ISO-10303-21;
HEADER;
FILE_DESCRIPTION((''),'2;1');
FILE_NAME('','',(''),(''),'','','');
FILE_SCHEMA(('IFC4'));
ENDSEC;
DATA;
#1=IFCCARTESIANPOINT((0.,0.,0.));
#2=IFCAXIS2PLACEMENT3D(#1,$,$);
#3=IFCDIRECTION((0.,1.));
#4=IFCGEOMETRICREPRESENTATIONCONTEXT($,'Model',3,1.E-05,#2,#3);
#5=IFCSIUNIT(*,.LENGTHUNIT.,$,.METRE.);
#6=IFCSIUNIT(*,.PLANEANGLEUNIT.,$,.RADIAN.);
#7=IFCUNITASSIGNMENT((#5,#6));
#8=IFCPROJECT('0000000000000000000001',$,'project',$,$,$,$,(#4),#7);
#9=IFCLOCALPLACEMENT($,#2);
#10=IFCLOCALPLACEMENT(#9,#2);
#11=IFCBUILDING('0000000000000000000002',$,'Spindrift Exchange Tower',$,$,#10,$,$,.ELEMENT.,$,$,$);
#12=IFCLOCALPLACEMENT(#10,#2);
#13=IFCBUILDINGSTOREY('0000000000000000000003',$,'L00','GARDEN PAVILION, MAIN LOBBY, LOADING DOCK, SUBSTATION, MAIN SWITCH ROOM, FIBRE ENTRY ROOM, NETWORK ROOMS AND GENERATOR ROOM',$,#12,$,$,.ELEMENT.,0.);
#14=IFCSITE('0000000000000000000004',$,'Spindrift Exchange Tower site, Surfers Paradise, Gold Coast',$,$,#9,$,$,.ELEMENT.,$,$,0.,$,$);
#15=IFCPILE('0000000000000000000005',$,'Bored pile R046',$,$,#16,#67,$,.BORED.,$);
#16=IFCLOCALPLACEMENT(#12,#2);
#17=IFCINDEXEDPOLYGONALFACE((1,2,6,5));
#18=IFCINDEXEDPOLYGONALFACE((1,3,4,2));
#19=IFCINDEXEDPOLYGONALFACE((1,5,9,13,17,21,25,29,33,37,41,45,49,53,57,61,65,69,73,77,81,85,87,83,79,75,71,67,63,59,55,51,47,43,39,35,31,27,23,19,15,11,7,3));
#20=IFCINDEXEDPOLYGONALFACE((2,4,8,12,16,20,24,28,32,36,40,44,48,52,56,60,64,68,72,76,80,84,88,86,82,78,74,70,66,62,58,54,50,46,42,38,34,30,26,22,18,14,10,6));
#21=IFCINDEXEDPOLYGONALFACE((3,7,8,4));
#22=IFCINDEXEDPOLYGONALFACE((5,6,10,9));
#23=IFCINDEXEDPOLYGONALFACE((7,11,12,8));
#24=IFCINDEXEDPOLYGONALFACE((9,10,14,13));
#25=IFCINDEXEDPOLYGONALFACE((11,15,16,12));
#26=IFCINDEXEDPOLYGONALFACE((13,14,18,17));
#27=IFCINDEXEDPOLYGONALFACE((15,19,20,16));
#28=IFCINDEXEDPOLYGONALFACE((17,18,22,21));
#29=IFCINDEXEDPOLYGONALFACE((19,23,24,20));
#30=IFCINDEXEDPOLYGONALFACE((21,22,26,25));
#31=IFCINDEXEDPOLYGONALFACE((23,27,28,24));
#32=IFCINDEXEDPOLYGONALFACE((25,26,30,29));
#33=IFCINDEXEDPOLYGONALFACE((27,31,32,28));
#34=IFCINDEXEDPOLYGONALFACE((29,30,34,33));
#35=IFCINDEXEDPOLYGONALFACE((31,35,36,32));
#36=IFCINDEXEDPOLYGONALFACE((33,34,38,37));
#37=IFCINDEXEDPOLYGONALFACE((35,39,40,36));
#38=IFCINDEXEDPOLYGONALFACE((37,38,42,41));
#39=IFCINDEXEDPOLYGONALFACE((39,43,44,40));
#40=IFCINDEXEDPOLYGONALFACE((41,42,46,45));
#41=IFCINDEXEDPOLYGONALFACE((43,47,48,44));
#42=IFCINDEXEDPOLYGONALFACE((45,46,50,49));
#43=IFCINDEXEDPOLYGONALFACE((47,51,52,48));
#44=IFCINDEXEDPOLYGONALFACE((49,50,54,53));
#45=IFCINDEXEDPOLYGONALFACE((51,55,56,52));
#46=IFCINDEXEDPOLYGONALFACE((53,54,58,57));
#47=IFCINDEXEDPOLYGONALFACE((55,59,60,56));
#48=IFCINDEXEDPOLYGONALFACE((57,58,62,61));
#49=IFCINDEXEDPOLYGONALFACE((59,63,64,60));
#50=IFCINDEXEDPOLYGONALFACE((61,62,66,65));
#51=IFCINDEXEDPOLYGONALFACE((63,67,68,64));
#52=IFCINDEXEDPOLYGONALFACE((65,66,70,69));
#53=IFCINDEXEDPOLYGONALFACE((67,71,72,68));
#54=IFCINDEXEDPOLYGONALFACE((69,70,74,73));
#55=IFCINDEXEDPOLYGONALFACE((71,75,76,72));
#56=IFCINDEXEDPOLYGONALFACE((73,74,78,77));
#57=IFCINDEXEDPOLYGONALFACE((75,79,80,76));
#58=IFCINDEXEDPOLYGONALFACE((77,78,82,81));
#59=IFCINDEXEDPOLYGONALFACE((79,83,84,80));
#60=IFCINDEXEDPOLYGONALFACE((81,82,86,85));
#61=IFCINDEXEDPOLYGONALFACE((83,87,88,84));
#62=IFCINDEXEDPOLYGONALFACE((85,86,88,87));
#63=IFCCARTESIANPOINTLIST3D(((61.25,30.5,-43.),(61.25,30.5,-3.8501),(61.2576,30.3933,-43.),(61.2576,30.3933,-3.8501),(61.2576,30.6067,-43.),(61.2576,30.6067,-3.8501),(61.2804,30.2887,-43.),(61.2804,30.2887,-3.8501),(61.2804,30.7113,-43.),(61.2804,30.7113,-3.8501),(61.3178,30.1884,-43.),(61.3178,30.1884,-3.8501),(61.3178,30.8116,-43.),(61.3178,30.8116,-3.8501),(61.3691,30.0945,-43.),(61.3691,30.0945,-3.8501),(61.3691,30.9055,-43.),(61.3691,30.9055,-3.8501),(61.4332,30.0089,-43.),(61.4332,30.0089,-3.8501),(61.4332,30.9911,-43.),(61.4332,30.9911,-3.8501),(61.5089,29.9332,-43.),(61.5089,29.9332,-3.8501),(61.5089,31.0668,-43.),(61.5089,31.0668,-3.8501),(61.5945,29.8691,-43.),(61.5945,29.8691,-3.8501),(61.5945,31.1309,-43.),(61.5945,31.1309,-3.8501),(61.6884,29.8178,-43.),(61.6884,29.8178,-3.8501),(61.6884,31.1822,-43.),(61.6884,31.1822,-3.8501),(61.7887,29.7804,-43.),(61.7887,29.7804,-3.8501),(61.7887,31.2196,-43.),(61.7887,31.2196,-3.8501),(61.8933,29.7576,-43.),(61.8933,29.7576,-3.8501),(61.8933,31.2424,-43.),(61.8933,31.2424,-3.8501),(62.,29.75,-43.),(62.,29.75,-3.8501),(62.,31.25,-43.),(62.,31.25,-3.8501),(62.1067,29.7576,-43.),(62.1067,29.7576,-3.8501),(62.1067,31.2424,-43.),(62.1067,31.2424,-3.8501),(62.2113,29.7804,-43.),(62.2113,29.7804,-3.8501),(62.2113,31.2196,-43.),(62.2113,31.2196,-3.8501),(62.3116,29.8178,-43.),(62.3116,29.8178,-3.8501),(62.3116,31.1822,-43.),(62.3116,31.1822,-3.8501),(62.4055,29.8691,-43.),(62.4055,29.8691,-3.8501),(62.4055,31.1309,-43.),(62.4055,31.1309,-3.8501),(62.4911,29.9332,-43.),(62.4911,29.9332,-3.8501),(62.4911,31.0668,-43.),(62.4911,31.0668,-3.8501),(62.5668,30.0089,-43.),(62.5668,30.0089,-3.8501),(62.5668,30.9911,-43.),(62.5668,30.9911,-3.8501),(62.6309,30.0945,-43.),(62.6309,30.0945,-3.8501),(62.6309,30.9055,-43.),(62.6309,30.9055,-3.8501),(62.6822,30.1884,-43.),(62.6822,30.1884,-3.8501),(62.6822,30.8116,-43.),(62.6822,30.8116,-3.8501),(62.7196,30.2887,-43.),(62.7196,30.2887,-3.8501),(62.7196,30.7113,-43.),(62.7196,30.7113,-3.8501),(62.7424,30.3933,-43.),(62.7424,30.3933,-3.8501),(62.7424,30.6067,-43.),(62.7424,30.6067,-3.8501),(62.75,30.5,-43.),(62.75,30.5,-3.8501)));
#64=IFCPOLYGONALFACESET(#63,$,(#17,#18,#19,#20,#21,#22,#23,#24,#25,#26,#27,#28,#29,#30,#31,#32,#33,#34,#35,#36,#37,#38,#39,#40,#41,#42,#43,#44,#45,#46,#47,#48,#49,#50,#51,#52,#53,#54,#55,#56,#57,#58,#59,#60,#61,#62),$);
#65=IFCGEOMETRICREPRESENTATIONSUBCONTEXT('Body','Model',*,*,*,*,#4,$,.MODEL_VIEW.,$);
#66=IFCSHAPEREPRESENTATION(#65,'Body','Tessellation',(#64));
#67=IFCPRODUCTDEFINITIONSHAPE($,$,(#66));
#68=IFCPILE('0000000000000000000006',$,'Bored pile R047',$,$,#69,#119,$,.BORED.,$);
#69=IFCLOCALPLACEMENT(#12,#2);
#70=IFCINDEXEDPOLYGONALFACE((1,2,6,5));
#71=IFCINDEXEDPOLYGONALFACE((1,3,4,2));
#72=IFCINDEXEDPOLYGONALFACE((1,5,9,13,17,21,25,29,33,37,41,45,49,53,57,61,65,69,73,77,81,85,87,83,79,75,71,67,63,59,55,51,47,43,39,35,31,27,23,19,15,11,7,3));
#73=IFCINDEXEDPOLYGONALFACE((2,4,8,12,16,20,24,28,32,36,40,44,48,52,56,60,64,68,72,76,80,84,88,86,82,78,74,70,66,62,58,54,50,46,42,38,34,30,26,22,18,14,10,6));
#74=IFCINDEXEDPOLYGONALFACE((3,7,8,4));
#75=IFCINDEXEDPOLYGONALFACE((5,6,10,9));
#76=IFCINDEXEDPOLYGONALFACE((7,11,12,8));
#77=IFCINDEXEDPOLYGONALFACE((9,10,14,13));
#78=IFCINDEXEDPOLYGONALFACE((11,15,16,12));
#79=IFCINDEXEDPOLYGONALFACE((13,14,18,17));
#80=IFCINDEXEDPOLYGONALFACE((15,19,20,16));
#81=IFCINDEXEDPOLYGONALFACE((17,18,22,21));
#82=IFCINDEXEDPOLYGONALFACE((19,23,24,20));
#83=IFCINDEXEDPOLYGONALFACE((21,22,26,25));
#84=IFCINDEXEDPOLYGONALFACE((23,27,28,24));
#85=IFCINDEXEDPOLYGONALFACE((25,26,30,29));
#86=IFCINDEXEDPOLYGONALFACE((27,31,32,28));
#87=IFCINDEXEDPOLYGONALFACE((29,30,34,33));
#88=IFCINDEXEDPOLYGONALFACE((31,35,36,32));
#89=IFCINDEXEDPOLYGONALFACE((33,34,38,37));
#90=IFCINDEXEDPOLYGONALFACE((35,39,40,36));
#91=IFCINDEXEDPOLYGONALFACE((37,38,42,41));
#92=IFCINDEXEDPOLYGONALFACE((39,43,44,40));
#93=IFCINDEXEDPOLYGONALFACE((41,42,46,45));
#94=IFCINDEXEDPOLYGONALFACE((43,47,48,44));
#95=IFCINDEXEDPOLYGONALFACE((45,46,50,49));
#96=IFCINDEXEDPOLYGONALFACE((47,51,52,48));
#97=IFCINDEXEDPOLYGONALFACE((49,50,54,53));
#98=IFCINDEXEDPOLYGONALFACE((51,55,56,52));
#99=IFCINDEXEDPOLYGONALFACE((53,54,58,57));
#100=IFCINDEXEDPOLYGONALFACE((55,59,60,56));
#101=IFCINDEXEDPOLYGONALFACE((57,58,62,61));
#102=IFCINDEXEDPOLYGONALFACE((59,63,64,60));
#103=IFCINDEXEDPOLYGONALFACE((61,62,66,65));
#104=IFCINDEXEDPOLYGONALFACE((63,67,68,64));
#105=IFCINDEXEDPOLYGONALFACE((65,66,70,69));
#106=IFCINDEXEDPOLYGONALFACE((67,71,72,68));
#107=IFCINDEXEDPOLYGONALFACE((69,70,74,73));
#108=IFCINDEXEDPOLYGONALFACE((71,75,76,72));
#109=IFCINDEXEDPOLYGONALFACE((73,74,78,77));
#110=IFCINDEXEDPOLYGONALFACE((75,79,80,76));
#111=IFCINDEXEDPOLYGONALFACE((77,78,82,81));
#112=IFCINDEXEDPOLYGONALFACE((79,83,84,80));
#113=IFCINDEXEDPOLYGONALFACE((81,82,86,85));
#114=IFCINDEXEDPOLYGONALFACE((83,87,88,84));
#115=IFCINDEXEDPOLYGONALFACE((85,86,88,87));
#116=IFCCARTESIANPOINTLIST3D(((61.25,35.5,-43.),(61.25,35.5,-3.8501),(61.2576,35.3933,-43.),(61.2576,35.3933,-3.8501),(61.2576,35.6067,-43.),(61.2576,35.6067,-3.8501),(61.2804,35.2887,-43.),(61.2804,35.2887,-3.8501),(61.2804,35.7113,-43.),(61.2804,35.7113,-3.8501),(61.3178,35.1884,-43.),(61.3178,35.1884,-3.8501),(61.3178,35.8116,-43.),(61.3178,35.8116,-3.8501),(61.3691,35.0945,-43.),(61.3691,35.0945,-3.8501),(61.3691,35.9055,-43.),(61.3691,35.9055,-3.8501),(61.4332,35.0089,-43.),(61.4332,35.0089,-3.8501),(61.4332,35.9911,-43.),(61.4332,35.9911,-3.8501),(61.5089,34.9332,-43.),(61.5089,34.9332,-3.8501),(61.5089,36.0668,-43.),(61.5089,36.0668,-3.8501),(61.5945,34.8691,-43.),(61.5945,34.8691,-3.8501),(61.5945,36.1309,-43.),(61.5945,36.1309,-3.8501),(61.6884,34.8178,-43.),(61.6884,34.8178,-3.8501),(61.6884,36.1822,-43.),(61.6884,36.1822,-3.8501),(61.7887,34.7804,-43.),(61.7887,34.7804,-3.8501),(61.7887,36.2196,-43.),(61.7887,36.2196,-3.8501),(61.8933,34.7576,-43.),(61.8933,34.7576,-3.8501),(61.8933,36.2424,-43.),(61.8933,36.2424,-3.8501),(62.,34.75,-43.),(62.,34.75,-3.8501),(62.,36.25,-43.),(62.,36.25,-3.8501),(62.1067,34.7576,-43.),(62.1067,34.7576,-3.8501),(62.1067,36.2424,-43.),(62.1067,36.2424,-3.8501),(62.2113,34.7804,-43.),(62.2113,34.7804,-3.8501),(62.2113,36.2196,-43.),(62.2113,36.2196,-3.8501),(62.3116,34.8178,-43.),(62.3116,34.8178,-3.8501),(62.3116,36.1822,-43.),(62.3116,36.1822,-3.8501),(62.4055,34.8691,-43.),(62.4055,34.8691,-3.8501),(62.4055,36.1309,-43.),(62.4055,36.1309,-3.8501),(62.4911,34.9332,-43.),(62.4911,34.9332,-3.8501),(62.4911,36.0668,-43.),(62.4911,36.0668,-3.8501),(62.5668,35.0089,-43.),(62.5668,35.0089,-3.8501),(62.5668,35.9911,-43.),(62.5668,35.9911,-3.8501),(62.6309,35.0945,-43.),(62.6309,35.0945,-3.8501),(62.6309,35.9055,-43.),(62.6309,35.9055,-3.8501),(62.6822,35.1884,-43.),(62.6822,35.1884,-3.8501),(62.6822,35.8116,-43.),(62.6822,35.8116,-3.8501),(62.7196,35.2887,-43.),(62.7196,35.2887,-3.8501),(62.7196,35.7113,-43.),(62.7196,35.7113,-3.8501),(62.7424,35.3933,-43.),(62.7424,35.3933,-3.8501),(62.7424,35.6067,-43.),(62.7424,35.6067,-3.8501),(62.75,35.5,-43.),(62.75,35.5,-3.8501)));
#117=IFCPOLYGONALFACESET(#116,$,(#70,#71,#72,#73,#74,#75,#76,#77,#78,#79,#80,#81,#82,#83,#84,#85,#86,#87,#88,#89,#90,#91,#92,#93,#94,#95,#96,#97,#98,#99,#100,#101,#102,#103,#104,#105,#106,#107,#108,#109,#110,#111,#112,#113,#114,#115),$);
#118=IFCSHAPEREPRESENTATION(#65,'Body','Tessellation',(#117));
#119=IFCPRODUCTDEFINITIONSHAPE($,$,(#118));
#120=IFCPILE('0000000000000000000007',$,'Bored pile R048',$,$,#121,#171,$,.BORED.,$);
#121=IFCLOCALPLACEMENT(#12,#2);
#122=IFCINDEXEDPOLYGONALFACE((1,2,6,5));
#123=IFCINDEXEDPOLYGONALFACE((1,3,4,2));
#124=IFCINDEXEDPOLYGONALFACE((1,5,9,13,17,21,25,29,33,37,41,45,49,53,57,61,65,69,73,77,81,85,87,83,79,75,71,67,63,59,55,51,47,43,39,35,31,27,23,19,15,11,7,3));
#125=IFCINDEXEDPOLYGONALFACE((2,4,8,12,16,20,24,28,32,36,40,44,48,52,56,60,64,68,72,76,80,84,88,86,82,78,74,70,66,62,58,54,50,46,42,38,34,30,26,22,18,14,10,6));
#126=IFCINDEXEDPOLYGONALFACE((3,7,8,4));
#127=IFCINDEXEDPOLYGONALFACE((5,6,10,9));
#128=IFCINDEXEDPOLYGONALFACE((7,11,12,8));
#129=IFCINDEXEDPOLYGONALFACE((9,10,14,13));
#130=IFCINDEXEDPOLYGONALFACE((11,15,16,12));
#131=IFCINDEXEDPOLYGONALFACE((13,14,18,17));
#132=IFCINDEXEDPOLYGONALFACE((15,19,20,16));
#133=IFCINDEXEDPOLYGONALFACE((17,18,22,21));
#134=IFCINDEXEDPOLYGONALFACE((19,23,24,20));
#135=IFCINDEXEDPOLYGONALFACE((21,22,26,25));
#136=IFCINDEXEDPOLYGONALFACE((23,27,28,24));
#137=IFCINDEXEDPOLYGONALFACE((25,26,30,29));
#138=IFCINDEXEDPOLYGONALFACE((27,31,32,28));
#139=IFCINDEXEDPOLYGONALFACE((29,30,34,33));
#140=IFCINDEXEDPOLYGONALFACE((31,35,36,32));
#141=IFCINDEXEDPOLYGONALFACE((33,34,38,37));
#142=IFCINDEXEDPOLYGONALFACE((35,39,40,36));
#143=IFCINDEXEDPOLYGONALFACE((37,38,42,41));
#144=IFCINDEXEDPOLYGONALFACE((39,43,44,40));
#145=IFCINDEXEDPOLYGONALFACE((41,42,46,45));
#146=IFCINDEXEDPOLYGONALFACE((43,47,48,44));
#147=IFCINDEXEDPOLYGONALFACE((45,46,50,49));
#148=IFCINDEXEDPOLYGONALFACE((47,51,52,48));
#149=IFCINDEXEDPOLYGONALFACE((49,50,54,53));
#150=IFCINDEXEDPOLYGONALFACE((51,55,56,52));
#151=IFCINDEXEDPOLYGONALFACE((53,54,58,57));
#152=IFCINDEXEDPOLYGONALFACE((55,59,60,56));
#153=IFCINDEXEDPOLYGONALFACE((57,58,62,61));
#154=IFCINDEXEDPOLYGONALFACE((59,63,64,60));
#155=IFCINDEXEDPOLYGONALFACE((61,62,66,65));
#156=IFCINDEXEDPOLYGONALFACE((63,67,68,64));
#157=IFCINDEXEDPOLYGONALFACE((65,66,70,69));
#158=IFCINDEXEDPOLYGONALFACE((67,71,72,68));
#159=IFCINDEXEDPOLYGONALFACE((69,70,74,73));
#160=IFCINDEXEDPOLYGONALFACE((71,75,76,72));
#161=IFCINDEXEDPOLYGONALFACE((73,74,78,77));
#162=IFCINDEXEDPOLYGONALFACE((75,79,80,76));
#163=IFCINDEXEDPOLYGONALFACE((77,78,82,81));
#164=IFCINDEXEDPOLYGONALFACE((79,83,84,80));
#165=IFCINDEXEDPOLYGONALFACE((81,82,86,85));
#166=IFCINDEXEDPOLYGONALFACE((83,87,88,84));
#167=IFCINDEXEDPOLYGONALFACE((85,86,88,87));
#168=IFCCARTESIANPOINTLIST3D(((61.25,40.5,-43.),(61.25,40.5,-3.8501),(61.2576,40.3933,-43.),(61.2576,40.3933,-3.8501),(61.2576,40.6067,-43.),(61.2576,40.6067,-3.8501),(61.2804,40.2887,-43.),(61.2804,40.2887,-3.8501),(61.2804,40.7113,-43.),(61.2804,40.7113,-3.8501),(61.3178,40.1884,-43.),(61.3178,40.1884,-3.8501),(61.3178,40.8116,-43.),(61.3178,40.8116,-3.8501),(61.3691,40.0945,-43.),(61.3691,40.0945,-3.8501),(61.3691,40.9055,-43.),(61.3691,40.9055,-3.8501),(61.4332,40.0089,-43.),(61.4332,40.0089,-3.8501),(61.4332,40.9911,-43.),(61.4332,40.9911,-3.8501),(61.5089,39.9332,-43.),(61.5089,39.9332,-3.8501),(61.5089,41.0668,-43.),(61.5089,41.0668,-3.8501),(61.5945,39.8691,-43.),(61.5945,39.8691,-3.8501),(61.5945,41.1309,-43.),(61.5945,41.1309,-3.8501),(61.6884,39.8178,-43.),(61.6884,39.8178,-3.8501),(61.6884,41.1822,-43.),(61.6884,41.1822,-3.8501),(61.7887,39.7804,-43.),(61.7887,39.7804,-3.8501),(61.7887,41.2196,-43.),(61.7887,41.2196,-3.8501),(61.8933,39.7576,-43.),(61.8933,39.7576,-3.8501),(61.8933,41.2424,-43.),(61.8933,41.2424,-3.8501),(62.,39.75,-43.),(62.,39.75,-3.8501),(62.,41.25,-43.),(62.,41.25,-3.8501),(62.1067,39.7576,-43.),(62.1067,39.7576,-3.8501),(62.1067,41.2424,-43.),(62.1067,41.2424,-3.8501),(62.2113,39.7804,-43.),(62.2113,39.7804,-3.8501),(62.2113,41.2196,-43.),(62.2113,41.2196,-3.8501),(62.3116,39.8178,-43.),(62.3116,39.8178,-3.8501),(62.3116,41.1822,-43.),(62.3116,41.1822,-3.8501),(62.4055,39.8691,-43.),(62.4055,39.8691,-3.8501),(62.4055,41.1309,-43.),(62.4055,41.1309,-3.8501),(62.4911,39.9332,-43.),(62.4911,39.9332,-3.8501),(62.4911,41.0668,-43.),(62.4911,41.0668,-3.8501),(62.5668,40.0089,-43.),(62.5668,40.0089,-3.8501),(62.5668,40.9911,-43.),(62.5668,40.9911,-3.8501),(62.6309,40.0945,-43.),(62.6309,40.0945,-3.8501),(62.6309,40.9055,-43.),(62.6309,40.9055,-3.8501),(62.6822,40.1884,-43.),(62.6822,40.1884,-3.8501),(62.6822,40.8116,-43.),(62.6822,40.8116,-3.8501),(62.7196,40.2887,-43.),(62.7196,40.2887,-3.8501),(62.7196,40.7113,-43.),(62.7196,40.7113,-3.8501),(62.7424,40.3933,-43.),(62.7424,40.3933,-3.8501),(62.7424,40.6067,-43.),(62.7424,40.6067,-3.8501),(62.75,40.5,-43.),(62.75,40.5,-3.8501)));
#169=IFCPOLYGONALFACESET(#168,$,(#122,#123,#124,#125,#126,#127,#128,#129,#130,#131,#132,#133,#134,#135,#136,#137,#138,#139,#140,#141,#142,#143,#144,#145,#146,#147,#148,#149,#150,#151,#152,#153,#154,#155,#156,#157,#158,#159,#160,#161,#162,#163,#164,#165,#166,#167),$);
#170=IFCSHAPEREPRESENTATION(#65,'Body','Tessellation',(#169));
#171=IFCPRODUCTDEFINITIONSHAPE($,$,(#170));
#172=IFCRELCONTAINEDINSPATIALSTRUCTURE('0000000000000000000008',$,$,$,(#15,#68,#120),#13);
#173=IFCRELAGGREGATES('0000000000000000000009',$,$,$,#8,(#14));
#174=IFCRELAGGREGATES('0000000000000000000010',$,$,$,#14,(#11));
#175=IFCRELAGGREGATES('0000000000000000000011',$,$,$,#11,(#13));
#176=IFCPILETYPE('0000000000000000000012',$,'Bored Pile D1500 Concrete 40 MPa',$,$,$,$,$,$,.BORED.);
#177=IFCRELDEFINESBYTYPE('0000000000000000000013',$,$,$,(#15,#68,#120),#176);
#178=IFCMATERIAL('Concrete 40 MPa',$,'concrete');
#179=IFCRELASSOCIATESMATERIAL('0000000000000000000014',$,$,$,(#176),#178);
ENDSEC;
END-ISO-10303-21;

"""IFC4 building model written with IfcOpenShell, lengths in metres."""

from ifc_helpers import new_model, si_unit, direction, frame, origin, origin_2d, place, context, subcontext, project, spatial, circle, extrude, source, transform, mapped, material, material_profile, profile_set, type_object, element, save


model = new_model("IFC4")

# Units and contexts
model_context = context("Model", 3, precision=1e-05, world=origin(), true_north=direction((0.0, 1.0)))
body_context = subcontext(model_context, "Body", "Model", "MODEL_VIEW")
ifc_project = project(units=[si_unit("LENGTHUNIT", "METRE"), si_unit("PLANEANGLEUNIT", "RADIAN")], contexts=[model_context])

# Site, building, storey
site_placement = place(None, origin())
site = spatial("IfcSite", under=ifc_project, at=site_placement, Name="Spindrift Exchange Tower site, Surfers Paradise, Gold Coast", CompositionType="ELEMENT", RefElevation=0.0)
building_placement = place(site_placement, origin())
building = spatial("IfcBuilding", under=site, at=building_placement, Name="Spindrift Exchange Tower", CompositionType="ELEMENT")
storey_placement = place(building_placement, origin())
storey = spatial("IfcBuildingStorey", under=building, at=storey_placement, Name="L00", Description="GARDEN PAVILION, MAIN LOBBY, LOADING DOCK, SUBSTATION, MAIN SWITCH ROOM, FIBRE ENTRY ROOM, NETWORK ROOMS AND GENERATOR ROOM", CompositionType="ELEMENT", Elevation=0.0)

# Piles
ifc_material_1 = material(Name="Concrete 40 MPa", Category="concrete")
ifc_material_profile_1 = material_profile(ifc_material_1, circle(Radius=0.75, at=origin_2d()), Name="BP D1500")
ifc_profile_set_1 = profile_set([ifc_material_profile_1], Name="Concrete 40 MPa")
pile_type_1 = type_object("IfcPileType", Name="Bored Pile D1500 Concrete 40 MPa", PredefinedType="BORED", material=ifc_profile_set_1)
shared_shape_1 = source(origin(), body_context, "Body", "SweptSolid", [
    extrude(circle(Radius=0.75, at=origin_2d()), origin(), (0.0, 0.0, 1.0), 39.1499),
])
for number, where, z_axis, x_axis, name in (
    (1, (62.0, 30.5, -3.8501), (0.0, 0.0, -1.0), (1.0, 0.0, 0.0), "Bored pile R046"),
    (2, (62.0, 35.5, -3.8501), (0.0, 0.0, -1.0), (1.0, 0.0, 0.0), "Bored pile R047"),
    (3, (62.0, 40.5, -3.8501), (0.0, 0.0, -1.0), (1.0, 0.0, 0.0), "Bored pile R048"),
):
    element("IfcPile", number, at=place(storey_placement, frame(where, z_axis=z_axis, x_axis=x_axis)), inside=storey, type_object=pile_type_1, Name=name, PredefinedType="BORED", context=body_context, shape_type="MappedRepresentation", body=[
        mapped(shared_shape_1, transform((0.0, 0.0, 0.0), scale=1.0)),
    ])

save(model, "model.ifc")
